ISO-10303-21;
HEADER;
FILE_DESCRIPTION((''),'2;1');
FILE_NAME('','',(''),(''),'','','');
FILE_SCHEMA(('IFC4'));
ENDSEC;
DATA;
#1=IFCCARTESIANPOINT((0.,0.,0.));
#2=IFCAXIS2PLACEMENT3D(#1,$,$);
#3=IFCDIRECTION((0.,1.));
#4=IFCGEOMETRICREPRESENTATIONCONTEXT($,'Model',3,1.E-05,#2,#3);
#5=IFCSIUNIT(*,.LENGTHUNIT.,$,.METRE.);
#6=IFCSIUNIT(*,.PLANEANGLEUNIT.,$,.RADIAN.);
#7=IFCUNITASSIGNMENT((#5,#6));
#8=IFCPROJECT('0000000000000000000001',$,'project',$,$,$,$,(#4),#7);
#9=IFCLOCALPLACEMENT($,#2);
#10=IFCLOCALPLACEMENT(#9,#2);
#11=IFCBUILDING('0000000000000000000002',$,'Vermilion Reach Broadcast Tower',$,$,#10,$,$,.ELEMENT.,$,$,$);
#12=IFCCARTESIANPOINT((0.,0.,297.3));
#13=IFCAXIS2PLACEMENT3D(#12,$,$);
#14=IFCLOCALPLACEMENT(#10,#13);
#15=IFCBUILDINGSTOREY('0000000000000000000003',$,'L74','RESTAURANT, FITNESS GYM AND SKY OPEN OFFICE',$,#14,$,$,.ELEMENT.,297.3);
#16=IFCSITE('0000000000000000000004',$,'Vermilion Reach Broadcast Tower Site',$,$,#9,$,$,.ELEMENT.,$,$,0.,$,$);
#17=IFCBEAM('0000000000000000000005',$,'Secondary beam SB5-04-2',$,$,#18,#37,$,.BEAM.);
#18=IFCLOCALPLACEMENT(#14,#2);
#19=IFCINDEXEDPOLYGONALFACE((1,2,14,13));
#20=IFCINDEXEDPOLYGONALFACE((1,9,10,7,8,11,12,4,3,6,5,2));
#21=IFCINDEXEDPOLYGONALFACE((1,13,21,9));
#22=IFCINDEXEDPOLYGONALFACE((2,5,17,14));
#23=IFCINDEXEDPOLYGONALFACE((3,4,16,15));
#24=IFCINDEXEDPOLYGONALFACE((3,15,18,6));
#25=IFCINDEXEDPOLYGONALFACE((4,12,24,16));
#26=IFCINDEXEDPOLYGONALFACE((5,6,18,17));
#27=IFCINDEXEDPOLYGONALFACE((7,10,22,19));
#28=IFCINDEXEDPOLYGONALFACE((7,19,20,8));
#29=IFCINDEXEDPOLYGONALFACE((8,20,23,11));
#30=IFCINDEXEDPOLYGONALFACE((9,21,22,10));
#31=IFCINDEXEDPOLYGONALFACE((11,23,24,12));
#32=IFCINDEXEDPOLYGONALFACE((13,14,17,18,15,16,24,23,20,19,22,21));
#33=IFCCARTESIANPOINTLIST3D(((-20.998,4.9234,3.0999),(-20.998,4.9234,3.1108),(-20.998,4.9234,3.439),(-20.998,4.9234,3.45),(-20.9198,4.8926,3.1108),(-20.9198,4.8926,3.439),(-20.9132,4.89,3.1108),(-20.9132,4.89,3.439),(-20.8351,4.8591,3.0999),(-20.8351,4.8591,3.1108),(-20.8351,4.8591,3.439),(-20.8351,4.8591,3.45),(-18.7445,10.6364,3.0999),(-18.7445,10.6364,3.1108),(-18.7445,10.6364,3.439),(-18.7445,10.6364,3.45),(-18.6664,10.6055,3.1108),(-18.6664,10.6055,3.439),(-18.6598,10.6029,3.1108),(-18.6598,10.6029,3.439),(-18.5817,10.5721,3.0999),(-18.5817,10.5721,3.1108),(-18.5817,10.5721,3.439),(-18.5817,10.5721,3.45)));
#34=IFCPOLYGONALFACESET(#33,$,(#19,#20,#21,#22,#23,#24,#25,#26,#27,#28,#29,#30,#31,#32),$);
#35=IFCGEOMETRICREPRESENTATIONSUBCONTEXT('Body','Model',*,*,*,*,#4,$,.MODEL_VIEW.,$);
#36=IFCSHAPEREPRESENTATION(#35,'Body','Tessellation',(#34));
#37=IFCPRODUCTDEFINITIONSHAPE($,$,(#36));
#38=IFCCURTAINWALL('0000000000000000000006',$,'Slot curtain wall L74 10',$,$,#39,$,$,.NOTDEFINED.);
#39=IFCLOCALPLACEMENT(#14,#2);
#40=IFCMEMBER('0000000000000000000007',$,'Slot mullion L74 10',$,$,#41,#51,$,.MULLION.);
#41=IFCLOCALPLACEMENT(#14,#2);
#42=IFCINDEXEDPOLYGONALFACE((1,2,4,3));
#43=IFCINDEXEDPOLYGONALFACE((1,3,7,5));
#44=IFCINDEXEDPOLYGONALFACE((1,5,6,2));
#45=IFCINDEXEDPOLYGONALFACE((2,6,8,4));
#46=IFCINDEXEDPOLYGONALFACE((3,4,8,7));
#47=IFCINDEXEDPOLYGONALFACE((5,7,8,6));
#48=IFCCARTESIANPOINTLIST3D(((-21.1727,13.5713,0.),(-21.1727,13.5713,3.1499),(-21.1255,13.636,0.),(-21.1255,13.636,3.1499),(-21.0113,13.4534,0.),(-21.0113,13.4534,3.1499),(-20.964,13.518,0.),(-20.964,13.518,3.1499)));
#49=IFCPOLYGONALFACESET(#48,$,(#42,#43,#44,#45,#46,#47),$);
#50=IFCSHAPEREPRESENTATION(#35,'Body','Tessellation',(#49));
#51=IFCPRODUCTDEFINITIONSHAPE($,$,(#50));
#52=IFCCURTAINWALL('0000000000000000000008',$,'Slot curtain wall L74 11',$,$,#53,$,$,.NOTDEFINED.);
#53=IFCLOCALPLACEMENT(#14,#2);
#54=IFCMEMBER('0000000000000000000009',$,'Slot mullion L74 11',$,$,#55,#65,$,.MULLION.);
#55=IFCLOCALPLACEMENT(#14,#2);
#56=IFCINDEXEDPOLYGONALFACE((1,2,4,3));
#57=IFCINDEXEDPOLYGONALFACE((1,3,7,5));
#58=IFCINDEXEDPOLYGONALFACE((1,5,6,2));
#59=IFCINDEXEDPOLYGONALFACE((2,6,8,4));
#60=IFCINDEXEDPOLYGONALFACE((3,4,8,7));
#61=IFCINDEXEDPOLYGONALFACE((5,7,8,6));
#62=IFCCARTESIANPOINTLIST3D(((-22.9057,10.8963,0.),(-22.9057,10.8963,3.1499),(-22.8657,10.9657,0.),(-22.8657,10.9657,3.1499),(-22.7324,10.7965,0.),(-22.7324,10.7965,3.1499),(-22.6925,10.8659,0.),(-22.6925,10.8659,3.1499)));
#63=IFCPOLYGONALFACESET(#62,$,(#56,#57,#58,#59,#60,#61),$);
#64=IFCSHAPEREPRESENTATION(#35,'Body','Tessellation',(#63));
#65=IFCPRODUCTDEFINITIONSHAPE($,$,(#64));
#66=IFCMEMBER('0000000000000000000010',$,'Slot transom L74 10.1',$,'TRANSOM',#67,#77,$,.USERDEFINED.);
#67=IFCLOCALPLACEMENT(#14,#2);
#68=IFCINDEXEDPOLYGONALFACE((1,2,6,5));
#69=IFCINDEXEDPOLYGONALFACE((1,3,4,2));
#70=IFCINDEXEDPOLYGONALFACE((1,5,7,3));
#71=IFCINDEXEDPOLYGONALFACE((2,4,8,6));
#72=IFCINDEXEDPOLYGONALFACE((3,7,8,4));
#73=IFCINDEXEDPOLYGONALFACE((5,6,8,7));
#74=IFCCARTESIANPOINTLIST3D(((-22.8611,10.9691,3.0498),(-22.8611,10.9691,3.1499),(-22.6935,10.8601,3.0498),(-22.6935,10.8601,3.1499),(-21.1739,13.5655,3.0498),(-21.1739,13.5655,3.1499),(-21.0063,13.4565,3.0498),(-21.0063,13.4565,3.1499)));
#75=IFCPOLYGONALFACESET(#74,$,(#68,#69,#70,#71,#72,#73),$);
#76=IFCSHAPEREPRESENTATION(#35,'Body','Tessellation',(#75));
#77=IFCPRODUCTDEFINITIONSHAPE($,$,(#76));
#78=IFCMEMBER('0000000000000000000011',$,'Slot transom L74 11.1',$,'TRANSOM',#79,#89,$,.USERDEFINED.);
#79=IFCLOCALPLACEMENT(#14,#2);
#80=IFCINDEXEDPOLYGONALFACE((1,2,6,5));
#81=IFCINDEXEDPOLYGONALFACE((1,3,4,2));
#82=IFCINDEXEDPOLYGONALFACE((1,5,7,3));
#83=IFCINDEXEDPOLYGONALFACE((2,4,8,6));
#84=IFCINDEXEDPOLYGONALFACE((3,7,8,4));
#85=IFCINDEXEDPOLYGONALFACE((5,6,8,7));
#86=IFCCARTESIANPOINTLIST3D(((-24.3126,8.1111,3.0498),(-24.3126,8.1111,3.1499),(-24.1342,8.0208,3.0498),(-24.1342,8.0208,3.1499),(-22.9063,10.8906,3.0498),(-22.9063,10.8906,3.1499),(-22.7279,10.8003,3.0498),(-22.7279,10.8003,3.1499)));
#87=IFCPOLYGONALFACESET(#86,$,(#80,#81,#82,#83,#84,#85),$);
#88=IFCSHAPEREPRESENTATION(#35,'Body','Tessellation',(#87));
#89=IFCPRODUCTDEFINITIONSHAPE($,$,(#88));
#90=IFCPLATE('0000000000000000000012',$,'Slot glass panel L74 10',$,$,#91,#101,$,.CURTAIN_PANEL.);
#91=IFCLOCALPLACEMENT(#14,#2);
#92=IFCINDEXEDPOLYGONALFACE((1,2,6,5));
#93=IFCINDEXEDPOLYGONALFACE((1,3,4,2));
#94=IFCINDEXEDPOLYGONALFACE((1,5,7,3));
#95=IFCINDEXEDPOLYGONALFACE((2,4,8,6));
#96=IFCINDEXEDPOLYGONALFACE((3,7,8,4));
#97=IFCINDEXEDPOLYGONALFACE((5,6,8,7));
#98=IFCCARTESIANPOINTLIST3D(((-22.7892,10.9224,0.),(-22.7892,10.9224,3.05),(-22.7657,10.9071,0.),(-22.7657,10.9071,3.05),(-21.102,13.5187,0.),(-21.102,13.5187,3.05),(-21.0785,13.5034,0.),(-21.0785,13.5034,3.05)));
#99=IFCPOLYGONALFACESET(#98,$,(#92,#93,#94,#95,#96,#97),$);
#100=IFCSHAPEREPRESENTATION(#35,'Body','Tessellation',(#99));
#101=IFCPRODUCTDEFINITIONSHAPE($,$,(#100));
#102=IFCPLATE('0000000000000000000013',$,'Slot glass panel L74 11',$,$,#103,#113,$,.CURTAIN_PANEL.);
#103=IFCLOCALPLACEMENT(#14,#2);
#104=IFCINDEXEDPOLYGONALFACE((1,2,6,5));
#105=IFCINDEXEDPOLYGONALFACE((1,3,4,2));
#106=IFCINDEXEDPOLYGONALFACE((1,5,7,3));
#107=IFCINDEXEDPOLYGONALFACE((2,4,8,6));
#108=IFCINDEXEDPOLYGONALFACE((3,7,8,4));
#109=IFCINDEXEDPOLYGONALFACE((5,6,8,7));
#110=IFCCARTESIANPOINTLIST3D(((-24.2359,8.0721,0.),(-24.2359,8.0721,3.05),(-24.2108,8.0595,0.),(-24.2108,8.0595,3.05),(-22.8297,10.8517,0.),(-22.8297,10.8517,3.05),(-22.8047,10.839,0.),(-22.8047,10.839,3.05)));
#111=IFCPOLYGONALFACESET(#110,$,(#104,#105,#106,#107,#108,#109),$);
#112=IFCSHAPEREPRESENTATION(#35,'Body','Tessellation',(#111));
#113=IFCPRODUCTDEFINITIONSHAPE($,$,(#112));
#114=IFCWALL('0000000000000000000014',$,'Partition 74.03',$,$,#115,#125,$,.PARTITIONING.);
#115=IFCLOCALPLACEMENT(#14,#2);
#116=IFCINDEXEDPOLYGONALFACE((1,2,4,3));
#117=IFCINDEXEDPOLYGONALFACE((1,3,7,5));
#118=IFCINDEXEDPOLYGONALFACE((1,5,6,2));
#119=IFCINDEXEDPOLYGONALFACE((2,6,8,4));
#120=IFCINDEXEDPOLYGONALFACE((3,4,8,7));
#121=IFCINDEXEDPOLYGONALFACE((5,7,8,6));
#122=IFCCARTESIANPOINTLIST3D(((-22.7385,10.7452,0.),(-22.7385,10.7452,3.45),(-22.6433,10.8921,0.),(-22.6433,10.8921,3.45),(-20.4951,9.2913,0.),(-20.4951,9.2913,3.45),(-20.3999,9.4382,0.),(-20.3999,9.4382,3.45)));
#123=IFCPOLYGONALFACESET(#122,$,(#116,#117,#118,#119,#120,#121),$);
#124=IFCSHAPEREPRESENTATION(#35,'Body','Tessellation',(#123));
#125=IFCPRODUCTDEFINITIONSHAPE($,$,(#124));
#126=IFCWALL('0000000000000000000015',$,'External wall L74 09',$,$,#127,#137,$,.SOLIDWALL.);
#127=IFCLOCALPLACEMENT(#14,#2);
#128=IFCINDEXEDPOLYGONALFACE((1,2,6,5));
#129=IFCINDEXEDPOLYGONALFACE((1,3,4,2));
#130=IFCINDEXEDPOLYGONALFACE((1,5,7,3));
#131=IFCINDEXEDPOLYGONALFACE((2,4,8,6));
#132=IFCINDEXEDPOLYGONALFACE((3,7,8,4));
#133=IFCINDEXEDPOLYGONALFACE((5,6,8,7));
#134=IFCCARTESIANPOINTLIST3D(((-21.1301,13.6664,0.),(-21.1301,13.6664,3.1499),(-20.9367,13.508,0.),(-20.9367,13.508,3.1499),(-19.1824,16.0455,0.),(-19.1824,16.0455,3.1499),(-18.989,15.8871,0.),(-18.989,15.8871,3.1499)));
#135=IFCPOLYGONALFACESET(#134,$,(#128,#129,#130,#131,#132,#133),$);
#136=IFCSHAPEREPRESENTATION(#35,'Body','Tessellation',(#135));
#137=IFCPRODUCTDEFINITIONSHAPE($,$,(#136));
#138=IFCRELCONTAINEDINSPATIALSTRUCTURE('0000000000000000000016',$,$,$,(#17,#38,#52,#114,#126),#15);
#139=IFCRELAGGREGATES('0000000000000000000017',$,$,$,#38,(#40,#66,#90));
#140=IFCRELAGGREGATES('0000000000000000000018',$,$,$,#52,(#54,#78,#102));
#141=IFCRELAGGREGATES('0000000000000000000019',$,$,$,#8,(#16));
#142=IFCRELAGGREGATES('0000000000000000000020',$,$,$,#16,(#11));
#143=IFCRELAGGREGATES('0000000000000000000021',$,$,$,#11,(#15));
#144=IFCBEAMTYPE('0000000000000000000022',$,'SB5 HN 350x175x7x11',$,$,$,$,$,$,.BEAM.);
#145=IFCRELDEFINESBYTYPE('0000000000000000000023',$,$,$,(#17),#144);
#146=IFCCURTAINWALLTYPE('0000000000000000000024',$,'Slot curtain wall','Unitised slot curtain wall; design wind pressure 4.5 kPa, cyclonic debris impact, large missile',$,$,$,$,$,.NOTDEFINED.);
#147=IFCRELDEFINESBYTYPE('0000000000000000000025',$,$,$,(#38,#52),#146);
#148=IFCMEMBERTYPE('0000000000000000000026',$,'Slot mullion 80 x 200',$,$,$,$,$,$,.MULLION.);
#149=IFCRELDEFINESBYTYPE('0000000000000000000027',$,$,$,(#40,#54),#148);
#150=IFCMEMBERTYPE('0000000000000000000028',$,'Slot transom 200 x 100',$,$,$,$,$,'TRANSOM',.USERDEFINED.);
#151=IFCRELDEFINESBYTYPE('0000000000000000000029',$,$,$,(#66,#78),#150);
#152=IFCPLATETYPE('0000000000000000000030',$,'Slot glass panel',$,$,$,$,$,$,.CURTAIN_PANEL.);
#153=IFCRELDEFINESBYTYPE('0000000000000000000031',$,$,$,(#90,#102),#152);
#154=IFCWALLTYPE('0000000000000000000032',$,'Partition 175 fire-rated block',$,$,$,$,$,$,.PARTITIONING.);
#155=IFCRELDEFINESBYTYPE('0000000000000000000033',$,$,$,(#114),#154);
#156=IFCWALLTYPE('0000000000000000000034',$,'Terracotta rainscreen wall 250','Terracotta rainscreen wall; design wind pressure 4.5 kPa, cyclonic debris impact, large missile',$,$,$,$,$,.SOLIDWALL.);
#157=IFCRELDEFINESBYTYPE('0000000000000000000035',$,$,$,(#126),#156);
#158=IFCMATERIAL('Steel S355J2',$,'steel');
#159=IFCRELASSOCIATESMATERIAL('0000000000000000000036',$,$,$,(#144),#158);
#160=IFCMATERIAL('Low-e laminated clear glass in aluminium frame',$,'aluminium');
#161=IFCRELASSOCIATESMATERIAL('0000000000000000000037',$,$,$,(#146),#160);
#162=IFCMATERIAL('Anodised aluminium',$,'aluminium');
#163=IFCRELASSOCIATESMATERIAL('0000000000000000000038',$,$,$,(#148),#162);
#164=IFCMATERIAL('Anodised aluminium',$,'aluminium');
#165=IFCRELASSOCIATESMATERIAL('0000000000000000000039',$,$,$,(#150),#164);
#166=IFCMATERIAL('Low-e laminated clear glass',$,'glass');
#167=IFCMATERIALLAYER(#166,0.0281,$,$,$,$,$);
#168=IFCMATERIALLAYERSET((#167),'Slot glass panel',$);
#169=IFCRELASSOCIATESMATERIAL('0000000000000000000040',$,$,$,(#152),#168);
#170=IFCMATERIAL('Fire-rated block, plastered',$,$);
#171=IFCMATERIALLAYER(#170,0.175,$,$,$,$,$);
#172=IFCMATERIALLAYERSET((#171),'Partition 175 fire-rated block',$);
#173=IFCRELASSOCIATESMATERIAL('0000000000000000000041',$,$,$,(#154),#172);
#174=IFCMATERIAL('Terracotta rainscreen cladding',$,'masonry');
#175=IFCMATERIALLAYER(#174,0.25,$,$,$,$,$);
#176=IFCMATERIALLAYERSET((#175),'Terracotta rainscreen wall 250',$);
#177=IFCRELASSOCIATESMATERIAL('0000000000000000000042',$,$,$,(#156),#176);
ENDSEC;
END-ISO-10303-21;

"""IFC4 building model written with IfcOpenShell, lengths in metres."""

from ifc_helpers import new_model, si_unit, direction, frame, frame_2d, origin, origin_2d, place, context, subcontext, project, spatial, rectangle, i_section, extrude, material, layer, layer_set, material_profile, profile_set, type_object, element, aggregate, save


model = new_model("IFC4")

# Units and contexts
model_context = context("Model", 3, precision=1e-05, world=origin(), true_north=direction((0.0, 1.0)))
body_context = subcontext(model_context, "Body", "Model", "MODEL_VIEW")
ifc_project = project(units=[si_unit("LENGTHUNIT", "METRE"), si_unit("PLANEANGLEUNIT", "RADIAN")], contexts=[model_context])

# Site, building, storey
site_placement = place(None, origin())
site = spatial("IfcSite", under=ifc_project, at=site_placement, Name="Vermilion Reach Broadcast Tower Site", CompositionType="ELEMENT", RefElevation=0.0)
building_placement = place(site_placement, origin())
building = spatial("IfcBuilding", under=site, at=building_placement, Name="Vermilion Reach Broadcast Tower", CompositionType="ELEMENT")
storey_placement = place(building_placement, frame((0.0, 0.0, 297.3)))
storey = spatial("IfcBuildingStorey", under=building, at=storey_placement, Name="L74", Description="RESTAURANT, FITNESS GYM AND SKY OPEN OFFICE", CompositionType="ELEMENT", Elevation=297.3)

# Beam
ifc_material_1 = material(Name="Steel S355J2", Category="steel")
ifc_material_profile_1 = material_profile(ifc_material_1, i_section(OverallWidth=0.175, OverallDepth=0.3501, WebThickness=0.0071, FlangeThickness=0.011, at=origin_2d()), Name="S355J2 HN 350x175x7x11")
ifc_profile_set_1 = profile_set([ifc_material_profile_1], Name="Steel S355J2")
beam_type_1 = type_object("IfcBeamType", Name="SB5 HN 350x175x7x11", PredefinedType="BEAM", material=ifc_profile_set_1)
beam_1_placement = place(storey_placement, frame((-18.6631, 10.6042, 3.2749), z_axis=(-0.366931, -0.930248, 0.0), x_axis=(0.930248, -0.366931, 0.0)))
element("IfcBeam", 1, at=beam_1_placement, inside=storey, type_object=beam_type_1, Name="Secondary beam SB5-04-2", PredefinedType="BEAM", context=body_context, shape_type="SweptSolid", body=[
    extrude(i_section(OverallWidth=0.175, OverallDepth=0.3501, WebThickness=0.0071, FlangeThickness=0.011, at=origin_2d()), origin(), (0.0, 0.0, 1.0), 6.1414),
])

# Curtain walls, members
ifc_material_2 = material(Name="Low-e laminated clear glass in aluminium frame", Category="aluminium")
curtain_wall_type = type_object("IfcCurtainWallType", Name="Slot curtain wall", Description="Unitised slot curtain wall; design wind pressure 4.5 kPa, cyclonic debris impact, large missile", PredefinedType="NOTDEFINED", material=ifc_material_2)
placement = place(storey_placement, origin())
curtain_wall_1 = element("IfcCurtainWall", 2, at=placement, inside=storey, type_object=curtain_wall_type, Name="Slot curtain wall L74 10", PredefinedType="NOTDEFINED")
ifc_material_3 = material(Name="Anodised aluminium", Category="aluminium")
ifc_material_profile_2 = material_profile(ifc_material_3, rectangle(XDim=0.2, YDim=0.0801, at=origin_2d()), Name="Slot mullion 80 x 200")
ifc_profile_set_2 = profile_set([ifc_material_profile_2], Name="Anodised aluminium")
member_type_1 = type_object("IfcMemberType", Name="Slot mullion 80 x 200", PredefinedType="MULLION", material=ifc_profile_set_2)
member_1_placement = place(storey_placement, frame((-21.0684, 13.5447, 0.0), z_axis=(0.0, 0.0, 1.0), x_axis=(0.807362, -0.590056, 0.0)))
member_1 = element("IfcMember", 3, at=member_1_placement, type_object=member_type_1, Name="Slot mullion L74 10", PredefinedType="MULLION", context=body_context, shape_type="SweptSolid", body=[
    extrude(rectangle(XDim=0.2, YDim=0.0801, at=origin_2d()), origin(), (0.0, 0.0, 1.0), 3.1499),
])
curtain_wall_2 = element("IfcCurtainWall", 4, at=placement, inside=storey, type_object=curtain_wall_type, Name="Slot curtain wall L74 11", PredefinedType="NOTDEFINED")
member_2_placement = place(storey_placement, frame((-22.7991, 10.8811, 0.0), z_axis=(0.0, 0.0, 1.0), x_axis=(0.866671, -0.49888, 0.0)))
member_2 = element("IfcMember", 5, at=member_2_placement, type_object=member_type_1, Name="Slot mullion L74 11", PredefinedType="MULLION", context=body_context, shape_type="SweptSolid", body=[
    extrude(rectangle(XDim=0.2, YDim=0.0801, at=origin_2d()), origin(), (0.0, 0.0, 1.0), 3.1499),
])

# Members
ifc_material_4 = material(Name="Anodised aluminium", Category="aluminium")
ifc_material_profile_3 = material_profile(ifc_material_4, rectangle(XDim=0.2, YDim=0.1001, at=origin_2d()), Name="Slot transom 200 x 100")
ifc_profile_set_3 = profile_set([ifc_material_profile_3], Name="Anodised aluminium")
member_type_2 = type_object("IfcMemberType", Name="Slot transom 200 x 100", ElementType="TRANSOM", PredefinedType="USERDEFINED", material=ifc_profile_set_3)
member_3_placement = place(storey_placement, frame((-21.0901, 13.511, 3.0999), z_axis=(-0.544891, -0.838507, 0.0), x_axis=(0.838507, -0.544891, 0.0)))
member_3 = element("IfcMember", 6, at=member_3_placement, type_object=member_type_2, Name="Slot transom L74 10.1", ObjectType="TRANSOM", PredefinedType="USERDEFINED", context=body_context, shape_type="SweptSolid", body=[
    extrude(rectangle(XDim=0.2, YDim=0.1001, at=origin_2d()), origin(), (0.0, 0.0, 1.0), 3.0964),
])
member_4_placement = place(storey_placement, frame((-22.8171, 10.8455, 3.0999), z_axis=(-0.451441, -0.892301, 0.0), x_axis=(0.892301, -0.451441, 0.0)))
member_4 = element("IfcMember", 7, at=member_4_placement, type_object=member_type_2, Name="Slot transom L74 11.1", ObjectType="TRANSOM", PredefinedType="USERDEFINED", context=body_context, shape_type="SweptSolid", body=[
    extrude(rectangle(XDim=0.2, YDim=0.1001, at=origin_2d()), origin(), (0.0, 0.0, 1.0), 3.115),
])

# Plates
ifc_material_5 = material(Name="Low-e laminated clear glass", Category="glass")
ifc_layer_1 = layer(ifc_material_5, 0.0281)
ifc_layer_set_1 = layer_set([ifc_layer_1], Name="Slot glass panel")
plate_type = type_object("IfcPlateType", Name="Slot glass panel", PredefinedType="CURTAIN_PANEL", material=ifc_layer_set_1)
plate_1_placement = place(storey_placement, frame((-21.9338, 12.2129, 0.0), z_axis=(0.0, 0.0, 1.0), x_axis=(-0.544895, -0.838504, 0.0)))
plate_1 = element("IfcPlate", 8, at=plate_1_placement, type_object=plate_type, Name="Slot glass panel L74 10", PredefinedType="CURTAIN_PANEL", context=body_context, shape_type="SweptSolid", body=[
    extrude(rectangle(XDim=3.0964, YDim=0.0281, at=origin_2d()), origin(), (0.0, 0.0, 1.0), 3.05),
])
aggregate(curtain_wall_1, [member_1, member_3, plate_1])
plate_2_placement = place(storey_placement, frame((-23.5203, 9.4556, 0.0), z_axis=(0.0, 0.0, 1.0), x_axis=(-0.451412, -0.892316, 0.0)))
plate_2 = element("IfcPlate", 9, at=plate_2_placement, type_object=plate_type, Name="Slot glass panel L74 11", PredefinedType="CURTAIN_PANEL", context=body_context, shape_type="SweptSolid", body=[
    extrude(rectangle(XDim=3.115, YDim=0.0281, at=origin_2d()), origin(), (0.0, 0.0, 1.0), 3.05),
])
aggregate(curtain_wall_2, [member_2, member_4, plate_2])

# Wall
ifc_material_6 = material(Name="Fire-rated block, plastered")
ifc_layer_2 = layer(ifc_material_6, 0.175)
ifc_layer_set_2 = layer_set([ifc_layer_2], Name="Partition 175 fire-rated block")
wall_type_1 = type_object("IfcWallType", Name="Partition 175 fire-rated block", PredefinedType="PARTITIONING", material=ifc_layer_set_2)
wall_1_placement = place(storey_placement, frame((-22.6909, 10.8186, 0.0), z_axis=(0.0, 0.0, 1.0), x_axis=(0.839188, -0.543842, 0.0)))
element("IfcWall", 10, at=wall_1_placement, inside=storey, type_object=wall_type_1, Name="Partition 74.03", PredefinedType="PARTITIONING", context=body_context, shape_type="SweptSolid", body=[
    extrude(rectangle(XDim=2.6733, YDim=0.175, at=frame_2d((1.3367, 0.0))), origin(), (0.0, 0.0, 1.0), 3.45),
])

# Shared definitions
ifc_material_7 = material(Name="Terracotta rainscreen cladding", Category="masonry")
ifc_layer_3 = layer(ifc_material_7, 0.25)
ifc_layer_set_3 = layer_set([ifc_layer_3], Name="Terracotta rainscreen wall 250")
wall_type_2 = type_object("IfcWallType", Name="Terracotta rainscreen wall 250", Description="Terracotta rainscreen wall; design wind pressure 4.5 kPa, cyclonic debris impact, large missile", PredefinedType="SOLIDWALL", material=ifc_layer_set_3)

# Wall
wall_2_placement = place(storey_placement, frame((-19.0857, 15.9663, 0.0), z_axis=(0.0, 0.0, 1.0), x_axis=(-0.633467, -0.77377, 0.0)))
element("IfcWall", 11, at=wall_2_placement, inside=storey, type_object=wall_type_2, Name="External wall L74 09", PredefinedType="SOLIDWALL", context=body_context, shape_type="SweptSolid", body=[
    extrude(rectangle(XDim=3.0747, YDim=0.25, at=frame_2d((1.5374, 0.0))), origin(), (0.0, 0.0, 1.0), 3.1499),
])

save(model, "model.ifc")
